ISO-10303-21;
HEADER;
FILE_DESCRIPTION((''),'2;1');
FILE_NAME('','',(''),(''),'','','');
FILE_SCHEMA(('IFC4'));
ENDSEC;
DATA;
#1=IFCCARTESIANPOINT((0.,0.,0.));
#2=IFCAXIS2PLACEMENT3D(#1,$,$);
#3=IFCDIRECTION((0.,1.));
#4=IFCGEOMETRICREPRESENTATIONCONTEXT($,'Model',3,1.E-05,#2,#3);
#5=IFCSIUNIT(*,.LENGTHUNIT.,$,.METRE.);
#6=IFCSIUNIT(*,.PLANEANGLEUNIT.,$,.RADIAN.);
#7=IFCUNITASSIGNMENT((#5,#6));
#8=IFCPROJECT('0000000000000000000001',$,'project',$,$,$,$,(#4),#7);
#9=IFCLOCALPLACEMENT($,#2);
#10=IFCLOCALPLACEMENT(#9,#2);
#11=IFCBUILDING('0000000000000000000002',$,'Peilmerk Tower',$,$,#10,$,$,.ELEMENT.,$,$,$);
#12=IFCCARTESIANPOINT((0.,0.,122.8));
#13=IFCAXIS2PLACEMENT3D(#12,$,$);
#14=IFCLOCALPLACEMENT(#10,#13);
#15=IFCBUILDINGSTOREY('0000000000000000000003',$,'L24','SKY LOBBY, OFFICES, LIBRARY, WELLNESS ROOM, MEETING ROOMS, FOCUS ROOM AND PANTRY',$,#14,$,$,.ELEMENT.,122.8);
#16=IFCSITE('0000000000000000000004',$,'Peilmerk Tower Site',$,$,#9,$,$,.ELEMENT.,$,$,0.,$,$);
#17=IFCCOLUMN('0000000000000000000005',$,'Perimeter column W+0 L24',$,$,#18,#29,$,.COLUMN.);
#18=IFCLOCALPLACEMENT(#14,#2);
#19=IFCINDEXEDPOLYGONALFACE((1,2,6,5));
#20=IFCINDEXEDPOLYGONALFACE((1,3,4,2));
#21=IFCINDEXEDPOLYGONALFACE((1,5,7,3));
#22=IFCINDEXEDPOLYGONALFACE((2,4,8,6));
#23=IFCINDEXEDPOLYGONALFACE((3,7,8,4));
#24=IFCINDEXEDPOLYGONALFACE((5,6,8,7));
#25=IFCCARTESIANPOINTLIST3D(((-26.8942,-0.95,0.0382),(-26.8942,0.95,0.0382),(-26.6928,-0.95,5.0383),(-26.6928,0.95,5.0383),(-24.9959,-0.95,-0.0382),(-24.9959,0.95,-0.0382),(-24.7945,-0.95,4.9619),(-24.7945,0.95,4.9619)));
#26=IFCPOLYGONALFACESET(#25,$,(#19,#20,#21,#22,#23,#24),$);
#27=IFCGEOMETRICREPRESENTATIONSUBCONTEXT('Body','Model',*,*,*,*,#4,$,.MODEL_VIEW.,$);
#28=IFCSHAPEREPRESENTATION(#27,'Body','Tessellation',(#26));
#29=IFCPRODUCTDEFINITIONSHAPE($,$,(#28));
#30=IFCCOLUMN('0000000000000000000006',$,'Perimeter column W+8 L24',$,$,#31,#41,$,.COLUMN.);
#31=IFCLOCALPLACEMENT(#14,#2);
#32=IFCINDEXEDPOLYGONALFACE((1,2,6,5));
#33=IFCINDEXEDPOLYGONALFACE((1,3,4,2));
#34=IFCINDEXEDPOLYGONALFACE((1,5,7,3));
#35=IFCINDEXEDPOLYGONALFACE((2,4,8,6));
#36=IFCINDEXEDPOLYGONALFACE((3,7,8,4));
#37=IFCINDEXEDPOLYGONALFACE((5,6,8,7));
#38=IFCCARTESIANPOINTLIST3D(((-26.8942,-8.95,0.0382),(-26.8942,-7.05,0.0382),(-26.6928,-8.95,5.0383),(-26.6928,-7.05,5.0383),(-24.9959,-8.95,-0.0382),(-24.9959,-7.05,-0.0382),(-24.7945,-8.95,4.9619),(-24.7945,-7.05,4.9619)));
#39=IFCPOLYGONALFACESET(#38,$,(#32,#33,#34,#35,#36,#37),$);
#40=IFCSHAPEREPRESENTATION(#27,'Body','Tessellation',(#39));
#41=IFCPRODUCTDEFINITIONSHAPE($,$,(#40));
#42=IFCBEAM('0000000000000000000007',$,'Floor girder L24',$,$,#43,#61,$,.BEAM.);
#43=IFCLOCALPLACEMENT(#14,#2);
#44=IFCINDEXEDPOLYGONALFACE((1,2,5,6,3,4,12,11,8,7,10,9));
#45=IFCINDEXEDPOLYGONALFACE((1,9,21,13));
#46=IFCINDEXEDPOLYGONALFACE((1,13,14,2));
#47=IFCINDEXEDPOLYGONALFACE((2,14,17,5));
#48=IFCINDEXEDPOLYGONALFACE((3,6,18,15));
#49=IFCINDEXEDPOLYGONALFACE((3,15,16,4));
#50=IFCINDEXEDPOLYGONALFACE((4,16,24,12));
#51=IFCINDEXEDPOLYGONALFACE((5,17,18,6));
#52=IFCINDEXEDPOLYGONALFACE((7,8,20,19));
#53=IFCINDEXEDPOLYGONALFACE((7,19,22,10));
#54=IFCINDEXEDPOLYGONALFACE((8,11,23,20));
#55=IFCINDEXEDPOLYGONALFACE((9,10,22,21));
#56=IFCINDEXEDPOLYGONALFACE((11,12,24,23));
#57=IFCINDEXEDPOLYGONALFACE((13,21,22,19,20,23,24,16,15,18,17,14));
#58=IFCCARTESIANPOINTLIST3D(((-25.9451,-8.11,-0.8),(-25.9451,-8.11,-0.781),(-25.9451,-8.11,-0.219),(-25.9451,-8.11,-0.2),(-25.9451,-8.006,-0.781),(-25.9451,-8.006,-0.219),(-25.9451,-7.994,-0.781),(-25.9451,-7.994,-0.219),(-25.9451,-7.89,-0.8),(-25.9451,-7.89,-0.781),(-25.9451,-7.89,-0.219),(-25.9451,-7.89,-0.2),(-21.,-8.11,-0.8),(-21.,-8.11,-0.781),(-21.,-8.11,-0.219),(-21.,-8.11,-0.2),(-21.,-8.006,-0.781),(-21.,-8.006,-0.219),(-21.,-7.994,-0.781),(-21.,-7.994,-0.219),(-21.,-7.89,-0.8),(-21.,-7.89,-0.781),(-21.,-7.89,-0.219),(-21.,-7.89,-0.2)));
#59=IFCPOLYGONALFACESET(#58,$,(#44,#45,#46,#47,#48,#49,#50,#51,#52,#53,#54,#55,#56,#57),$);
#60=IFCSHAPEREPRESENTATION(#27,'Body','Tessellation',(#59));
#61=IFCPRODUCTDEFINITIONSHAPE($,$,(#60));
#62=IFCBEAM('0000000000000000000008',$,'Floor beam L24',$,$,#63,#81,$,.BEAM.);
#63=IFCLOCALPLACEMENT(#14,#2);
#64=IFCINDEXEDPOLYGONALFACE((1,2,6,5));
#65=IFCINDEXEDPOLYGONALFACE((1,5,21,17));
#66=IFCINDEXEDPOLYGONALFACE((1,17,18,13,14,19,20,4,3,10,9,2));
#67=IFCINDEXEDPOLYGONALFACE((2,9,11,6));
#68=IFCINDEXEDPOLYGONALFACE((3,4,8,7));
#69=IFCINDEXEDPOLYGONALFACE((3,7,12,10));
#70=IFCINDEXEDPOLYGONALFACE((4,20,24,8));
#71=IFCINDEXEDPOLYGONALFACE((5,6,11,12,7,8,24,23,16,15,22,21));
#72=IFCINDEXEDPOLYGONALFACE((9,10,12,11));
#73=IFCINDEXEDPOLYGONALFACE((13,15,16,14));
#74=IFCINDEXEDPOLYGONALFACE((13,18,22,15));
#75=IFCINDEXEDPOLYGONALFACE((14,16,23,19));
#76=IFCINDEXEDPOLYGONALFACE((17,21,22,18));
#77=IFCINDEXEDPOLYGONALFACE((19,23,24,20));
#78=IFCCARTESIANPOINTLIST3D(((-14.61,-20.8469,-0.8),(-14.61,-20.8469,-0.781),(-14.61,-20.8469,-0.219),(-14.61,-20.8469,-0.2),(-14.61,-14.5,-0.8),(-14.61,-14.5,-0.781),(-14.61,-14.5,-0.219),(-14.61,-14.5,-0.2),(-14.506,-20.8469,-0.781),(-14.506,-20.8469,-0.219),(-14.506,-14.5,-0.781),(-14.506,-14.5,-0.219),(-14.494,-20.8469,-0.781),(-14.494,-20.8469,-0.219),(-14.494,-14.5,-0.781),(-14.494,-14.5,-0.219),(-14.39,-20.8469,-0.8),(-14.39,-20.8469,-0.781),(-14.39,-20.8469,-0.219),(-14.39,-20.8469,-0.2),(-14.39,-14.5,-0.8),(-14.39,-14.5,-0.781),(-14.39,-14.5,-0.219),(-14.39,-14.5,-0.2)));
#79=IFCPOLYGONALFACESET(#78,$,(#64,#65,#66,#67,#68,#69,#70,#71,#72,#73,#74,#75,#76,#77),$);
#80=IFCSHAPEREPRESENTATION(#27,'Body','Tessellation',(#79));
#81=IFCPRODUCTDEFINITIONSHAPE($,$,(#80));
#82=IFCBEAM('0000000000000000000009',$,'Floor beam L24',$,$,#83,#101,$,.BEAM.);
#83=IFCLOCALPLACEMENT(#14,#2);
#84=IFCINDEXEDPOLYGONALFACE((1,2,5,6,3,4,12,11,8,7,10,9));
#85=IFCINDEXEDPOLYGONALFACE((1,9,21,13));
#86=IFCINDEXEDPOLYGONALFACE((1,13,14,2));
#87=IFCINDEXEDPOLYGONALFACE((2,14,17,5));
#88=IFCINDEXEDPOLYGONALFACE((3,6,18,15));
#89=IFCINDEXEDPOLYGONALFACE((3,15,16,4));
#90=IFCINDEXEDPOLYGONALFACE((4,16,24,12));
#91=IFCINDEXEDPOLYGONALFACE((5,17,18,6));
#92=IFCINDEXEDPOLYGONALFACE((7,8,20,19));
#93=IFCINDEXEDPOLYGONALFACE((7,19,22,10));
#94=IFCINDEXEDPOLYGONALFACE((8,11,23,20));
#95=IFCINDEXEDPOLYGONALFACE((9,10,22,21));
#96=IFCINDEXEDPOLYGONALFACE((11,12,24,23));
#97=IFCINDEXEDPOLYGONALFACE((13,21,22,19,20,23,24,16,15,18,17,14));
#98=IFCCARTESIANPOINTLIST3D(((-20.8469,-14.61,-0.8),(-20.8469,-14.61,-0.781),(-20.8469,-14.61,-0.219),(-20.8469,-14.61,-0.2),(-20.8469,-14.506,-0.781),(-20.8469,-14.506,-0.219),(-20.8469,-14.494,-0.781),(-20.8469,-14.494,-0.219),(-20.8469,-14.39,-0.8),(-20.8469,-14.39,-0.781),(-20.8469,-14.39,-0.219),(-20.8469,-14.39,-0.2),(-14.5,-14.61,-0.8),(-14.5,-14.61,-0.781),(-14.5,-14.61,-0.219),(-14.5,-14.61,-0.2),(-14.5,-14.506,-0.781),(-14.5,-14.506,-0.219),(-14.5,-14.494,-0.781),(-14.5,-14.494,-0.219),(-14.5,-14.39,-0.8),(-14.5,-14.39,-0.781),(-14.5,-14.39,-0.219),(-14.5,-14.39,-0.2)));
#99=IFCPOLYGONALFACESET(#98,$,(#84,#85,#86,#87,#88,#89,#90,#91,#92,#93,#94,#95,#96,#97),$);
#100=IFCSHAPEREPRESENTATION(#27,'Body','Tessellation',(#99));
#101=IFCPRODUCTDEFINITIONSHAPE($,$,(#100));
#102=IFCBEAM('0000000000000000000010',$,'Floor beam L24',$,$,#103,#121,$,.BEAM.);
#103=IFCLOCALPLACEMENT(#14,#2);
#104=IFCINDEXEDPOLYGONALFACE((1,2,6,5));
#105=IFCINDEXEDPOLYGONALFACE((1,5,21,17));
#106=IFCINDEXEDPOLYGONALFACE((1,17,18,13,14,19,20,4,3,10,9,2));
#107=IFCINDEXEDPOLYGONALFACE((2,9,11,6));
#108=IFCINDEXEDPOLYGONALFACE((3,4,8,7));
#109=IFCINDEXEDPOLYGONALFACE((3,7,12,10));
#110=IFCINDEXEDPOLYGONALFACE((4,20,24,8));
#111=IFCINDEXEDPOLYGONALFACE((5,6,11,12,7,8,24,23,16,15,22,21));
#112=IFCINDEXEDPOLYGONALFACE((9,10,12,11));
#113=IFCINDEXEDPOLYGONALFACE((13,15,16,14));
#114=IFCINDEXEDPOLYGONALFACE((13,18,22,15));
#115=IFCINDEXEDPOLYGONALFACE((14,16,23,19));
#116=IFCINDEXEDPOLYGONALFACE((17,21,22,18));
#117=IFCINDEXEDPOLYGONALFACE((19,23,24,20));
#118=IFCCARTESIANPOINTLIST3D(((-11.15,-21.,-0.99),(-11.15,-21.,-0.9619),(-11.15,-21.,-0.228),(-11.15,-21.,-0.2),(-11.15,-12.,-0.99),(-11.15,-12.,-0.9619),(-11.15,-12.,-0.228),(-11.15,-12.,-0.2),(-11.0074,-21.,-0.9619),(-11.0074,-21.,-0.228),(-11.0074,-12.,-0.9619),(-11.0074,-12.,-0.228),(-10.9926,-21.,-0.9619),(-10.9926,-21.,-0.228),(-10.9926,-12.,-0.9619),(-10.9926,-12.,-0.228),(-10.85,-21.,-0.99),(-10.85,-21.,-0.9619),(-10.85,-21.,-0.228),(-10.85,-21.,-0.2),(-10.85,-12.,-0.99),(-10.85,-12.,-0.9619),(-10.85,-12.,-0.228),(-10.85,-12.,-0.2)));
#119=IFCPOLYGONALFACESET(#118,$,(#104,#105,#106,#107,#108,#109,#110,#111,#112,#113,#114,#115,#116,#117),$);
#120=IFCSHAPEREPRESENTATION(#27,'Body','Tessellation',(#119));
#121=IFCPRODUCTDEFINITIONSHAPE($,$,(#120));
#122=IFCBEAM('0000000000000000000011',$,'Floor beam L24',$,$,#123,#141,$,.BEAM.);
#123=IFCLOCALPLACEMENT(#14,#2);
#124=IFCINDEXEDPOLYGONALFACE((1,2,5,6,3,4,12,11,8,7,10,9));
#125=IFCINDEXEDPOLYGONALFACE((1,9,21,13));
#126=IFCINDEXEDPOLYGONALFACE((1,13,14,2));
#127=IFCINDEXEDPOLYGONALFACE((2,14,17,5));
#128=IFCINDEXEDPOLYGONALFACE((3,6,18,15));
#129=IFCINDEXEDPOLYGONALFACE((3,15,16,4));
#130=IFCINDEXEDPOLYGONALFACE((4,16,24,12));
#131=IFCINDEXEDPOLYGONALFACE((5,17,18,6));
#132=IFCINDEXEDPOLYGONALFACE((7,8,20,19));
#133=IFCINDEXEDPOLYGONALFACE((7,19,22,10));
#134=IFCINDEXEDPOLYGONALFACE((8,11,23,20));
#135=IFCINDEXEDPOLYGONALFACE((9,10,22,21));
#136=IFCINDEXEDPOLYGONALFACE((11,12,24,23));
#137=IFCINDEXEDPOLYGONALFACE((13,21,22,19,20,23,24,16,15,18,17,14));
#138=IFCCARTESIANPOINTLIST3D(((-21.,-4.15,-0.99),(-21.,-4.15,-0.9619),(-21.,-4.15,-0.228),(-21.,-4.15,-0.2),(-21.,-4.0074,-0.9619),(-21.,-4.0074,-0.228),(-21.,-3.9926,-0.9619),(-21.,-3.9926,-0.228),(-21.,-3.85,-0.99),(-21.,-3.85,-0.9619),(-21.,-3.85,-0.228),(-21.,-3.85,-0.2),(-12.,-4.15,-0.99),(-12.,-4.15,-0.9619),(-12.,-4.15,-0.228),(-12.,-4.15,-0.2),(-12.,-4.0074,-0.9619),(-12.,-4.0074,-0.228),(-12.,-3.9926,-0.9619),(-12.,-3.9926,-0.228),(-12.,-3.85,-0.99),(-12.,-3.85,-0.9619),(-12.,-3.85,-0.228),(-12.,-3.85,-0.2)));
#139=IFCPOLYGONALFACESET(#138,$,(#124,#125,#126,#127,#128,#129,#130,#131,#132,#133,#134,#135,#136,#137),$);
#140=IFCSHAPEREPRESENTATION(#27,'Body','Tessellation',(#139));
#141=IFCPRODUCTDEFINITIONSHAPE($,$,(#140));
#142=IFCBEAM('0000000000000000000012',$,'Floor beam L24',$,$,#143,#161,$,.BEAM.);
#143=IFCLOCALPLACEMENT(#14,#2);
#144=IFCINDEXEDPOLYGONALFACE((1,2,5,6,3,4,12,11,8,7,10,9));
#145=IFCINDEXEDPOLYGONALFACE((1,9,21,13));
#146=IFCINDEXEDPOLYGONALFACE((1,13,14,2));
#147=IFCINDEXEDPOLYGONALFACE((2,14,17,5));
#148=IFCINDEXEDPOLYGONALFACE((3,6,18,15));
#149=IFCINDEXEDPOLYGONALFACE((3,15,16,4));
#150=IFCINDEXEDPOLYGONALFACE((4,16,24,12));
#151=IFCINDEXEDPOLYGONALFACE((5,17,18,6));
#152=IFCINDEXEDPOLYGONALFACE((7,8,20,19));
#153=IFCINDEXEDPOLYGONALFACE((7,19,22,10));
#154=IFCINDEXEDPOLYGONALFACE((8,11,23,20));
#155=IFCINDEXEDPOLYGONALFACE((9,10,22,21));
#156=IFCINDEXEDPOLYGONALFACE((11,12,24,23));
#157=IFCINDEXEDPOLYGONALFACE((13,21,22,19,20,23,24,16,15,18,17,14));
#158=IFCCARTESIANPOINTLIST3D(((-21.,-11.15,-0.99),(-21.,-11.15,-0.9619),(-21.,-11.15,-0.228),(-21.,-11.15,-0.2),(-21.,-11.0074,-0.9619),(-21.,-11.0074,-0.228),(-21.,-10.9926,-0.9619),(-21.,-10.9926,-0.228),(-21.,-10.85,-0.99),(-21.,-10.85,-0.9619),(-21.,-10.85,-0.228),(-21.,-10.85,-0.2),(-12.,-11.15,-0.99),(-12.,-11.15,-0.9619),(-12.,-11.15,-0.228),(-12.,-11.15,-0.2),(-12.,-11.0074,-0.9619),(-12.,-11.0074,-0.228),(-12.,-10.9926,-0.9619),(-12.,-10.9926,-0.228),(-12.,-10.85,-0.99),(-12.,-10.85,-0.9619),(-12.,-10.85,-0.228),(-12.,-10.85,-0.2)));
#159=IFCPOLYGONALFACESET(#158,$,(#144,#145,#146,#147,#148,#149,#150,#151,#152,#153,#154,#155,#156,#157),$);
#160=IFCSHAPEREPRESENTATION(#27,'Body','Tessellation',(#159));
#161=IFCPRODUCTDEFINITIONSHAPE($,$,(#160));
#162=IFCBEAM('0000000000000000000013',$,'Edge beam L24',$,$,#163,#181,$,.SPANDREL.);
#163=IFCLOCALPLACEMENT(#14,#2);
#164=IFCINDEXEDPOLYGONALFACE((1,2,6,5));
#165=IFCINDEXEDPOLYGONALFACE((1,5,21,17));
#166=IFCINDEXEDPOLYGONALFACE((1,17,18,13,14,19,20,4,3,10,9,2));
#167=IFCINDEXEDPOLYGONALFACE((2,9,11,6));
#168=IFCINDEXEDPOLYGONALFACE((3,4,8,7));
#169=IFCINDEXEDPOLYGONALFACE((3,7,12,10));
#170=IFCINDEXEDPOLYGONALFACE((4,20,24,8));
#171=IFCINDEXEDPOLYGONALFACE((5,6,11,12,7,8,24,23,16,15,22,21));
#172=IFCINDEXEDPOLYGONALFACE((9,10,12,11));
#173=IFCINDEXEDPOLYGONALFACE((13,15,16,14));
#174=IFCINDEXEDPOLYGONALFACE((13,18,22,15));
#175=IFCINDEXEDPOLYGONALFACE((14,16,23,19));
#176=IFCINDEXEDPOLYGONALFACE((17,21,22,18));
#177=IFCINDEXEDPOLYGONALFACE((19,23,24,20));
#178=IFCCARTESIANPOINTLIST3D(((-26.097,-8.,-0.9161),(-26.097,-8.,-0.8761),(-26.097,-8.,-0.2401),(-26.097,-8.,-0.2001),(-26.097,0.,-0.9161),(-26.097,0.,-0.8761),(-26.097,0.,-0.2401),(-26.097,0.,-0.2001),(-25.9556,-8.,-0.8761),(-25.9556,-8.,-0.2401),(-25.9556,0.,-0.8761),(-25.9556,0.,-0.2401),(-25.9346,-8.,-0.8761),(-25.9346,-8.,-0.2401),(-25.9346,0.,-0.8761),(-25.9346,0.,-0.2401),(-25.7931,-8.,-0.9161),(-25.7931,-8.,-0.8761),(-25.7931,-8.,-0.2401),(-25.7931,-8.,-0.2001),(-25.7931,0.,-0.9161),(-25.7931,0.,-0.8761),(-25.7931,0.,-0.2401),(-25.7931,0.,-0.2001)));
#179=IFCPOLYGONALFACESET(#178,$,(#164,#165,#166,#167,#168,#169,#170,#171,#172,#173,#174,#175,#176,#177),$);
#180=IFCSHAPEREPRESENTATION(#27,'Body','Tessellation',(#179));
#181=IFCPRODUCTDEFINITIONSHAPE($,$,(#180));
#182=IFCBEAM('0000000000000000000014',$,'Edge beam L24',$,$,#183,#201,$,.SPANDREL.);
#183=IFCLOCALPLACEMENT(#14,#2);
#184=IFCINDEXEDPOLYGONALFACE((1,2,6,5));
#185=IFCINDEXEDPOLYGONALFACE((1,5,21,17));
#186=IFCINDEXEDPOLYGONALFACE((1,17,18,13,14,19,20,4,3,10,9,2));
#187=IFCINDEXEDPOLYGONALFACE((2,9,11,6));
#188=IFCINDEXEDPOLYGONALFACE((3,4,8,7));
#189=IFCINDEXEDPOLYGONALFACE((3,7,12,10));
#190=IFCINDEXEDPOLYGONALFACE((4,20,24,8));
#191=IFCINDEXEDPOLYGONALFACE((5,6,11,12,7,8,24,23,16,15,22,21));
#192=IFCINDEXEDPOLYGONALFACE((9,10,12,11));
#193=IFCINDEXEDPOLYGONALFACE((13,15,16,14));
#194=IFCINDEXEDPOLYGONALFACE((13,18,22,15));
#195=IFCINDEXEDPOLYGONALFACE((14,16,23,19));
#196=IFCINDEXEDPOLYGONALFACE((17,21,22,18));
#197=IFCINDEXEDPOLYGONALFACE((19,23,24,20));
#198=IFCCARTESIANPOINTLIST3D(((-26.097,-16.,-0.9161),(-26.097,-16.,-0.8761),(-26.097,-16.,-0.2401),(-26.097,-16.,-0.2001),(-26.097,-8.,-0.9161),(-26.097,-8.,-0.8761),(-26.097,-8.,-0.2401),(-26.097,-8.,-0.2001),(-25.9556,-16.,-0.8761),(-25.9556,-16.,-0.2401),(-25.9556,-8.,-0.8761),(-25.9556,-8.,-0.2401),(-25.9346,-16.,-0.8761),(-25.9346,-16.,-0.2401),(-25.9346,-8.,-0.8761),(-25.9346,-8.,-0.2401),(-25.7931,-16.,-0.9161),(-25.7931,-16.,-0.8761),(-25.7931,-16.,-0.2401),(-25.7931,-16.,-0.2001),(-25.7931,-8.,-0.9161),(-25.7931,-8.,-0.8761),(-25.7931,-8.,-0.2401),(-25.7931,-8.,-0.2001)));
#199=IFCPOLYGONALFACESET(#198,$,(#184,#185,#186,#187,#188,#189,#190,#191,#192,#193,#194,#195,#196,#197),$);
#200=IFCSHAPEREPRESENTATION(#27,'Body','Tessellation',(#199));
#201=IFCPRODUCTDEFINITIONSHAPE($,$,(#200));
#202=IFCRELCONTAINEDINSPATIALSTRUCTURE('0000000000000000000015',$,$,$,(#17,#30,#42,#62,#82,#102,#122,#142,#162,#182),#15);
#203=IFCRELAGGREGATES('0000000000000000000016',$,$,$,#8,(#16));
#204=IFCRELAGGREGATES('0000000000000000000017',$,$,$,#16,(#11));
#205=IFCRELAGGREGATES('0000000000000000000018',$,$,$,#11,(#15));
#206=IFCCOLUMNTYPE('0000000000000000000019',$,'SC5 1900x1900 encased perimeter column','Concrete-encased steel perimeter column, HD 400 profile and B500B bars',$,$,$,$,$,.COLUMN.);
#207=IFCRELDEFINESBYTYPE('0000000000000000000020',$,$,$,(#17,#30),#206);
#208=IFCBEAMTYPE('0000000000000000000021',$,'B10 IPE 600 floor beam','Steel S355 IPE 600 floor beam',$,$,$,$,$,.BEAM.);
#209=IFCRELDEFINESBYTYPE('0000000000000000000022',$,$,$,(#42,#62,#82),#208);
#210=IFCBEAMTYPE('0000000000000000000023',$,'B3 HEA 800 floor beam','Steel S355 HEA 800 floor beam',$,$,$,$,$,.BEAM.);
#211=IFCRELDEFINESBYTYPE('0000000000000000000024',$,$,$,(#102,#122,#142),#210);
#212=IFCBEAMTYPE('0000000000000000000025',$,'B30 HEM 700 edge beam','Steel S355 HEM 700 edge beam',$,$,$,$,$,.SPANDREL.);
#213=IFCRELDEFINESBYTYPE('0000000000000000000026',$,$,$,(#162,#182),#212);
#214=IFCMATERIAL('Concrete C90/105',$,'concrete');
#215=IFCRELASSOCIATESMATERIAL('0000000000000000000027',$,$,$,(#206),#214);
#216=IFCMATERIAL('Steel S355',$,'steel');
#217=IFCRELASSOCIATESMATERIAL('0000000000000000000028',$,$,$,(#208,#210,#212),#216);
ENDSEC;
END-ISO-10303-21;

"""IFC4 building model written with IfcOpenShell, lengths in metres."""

from ifc_helpers import new_model, si_unit, direction, frame, origin, origin_2d, place, context, subcontext, project, spatial, rectangle, i_section, extrude, material, material_profile, profile_set, type_object, element, save


model = new_model("IFC4")

# Units and contexts
model_context = context("Model", 3, precision=1e-05, world=origin(), true_north=direction((0.0, 1.0)))
body_context = subcontext(model_context, "Body", "Model", "MODEL_VIEW")
ifc_project = project(units=[si_unit("LENGTHUNIT", "METRE"), si_unit("PLANEANGLEUNIT", "RADIAN")], contexts=[model_context])

# Site, building, storey
site_placement = place(None, origin())
site = spatial("IfcSite", under=ifc_project, at=site_placement, Name="Peilmerk Tower Site", CompositionType="ELEMENT", RefElevation=0.0)
building_placement = place(site_placement, origin())
building = spatial("IfcBuilding", under=site, at=building_placement, Name="Peilmerk Tower", CompositionType="ELEMENT")
storey_placement = place(building_placement, frame((0.0, 0.0, 122.8)))
storey = spatial("IfcBuildingStorey", under=building, at=storey_placement, Name="L24", Description="SKY LOBBY, OFFICES, LIBRARY, WELLNESS ROOM, MEETING ROOMS, FOCUS ROOM AND PANTRY", CompositionType="ELEMENT", Elevation=122.8)

# Columns
ifc_material_1 = material(Name="Concrete C90/105", Category="concrete")
ifc_material_profile_1 = material_profile(ifc_material_1, rectangle(XDim=1.8999, YDim=1.8999, at=origin_2d()), Name="RC 1900x1900")
ifc_profile_set_1 = profile_set([ifc_material_profile_1], Name="Concrete C90/105")
column_type = type_object("IfcColumnType", Name="SC5 1900x1900 encased perimeter column", Description="Concrete-encased steel perimeter column, HD 400 profile and B500B bars", PredefinedType="COLUMN", material=ifc_profile_set_1)
for number, where, z_axis, x_axis, name in (
    (1, (-25.9451, 0.0, 0.0), (0.040251, 0.0, 0.99919), (0.0, 1.0, 0.0), "Perimeter column W+0 L24"),
    (2, (-25.9451, -8.0, 0.0), (0.040251, 0.0, 0.99919), (0.0, 1.0, 0.0), "Perimeter column W+8 L24"),
):
    element("IfcColumn", number, at=place(storey_placement, frame(where, z_axis=z_axis, x_axis=x_axis)), inside=storey, type_object=column_type, Name=name, PredefinedType="COLUMN", context=body_context, shape_type="SweptSolid", body=[
        extrude(rectangle(XDim=1.8999, YDim=1.8999, at=origin_2d()), origin(), (0.0, 0.0, 1.0), 5.0042),
    ])

# Beams
ifc_material_2 = material(Name="Steel S355", Category="steel")
ifc_material_profile_2 = material_profile(ifc_material_2, i_section(OverallWidth=0.22, OverallDepth=0.6001, WebThickness=0.012, FlangeThickness=0.019, at=origin_2d()), Name="IPE 600")
ifc_profile_set_2 = profile_set([ifc_material_profile_2], Name="Steel S355")
beam_type_1 = type_object("IfcBeamType", Name="B10 IPE 600 floor beam", Description="Steel S355 IPE 600 floor beam", PredefinedType="BEAM", material=ifc_profile_set_2)
beam_1_placement = place(storey_placement, frame((-21.0, -8.0, -0.5), z_axis=(-1.0, 0.0, 0.0), x_axis=(0.0, -1.0, 0.0)))
element("IfcBeam", 3, at=beam_1_placement, inside=storey, type_object=beam_type_1, Name="Floor girder L24", PredefinedType="BEAM", context=body_context, shape_type="SweptSolid", body=[
    extrude(i_section(OverallWidth=0.22, OverallDepth=0.6001, WebThickness=0.012, FlangeThickness=0.019, at=origin_2d()), origin(), (0.0, 0.0, 1.0), 4.9451),
])
for number, where, z_axis, x_axis, name in (
    (4, (-14.5, -14.5, -0.5), (0.0, -1.0, 0.0), (1.0, 0.0, 0.0), "Floor beam L24"),
    (5, (-14.5, -14.5, -0.5), (-1.0, 0.0, 0.0), (0.0, -1.0, 0.0), "Floor beam L24"),
):
    element("IfcBeam", number, at=place(storey_placement, frame(where, z_axis=z_axis, x_axis=x_axis)), inside=storey, type_object=beam_type_1, Name=name, PredefinedType="BEAM", context=body_context, shape_type="SweptSolid", body=[
        extrude(i_section(OverallWidth=0.22, OverallDepth=0.6001, WebThickness=0.012, FlangeThickness=0.019, at=origin_2d()), origin(), (0.0, 0.0, 1.0), 6.3469),
    ])
ifc_material_profile_3 = material_profile(ifc_material_2, i_section(OverallWidth=0.3, OverallDepth=0.79, WebThickness=0.0149, FlangeThickness=0.0281, at=origin_2d()), Name="HEA 800")
ifc_profile_set_3 = profile_set([ifc_material_profile_3], Name="Steel S355")
beam_type_2 = type_object("IfcBeamType", Name="B3 HEA 800 floor beam", Description="Steel S355 HEA 800 floor beam", PredefinedType="BEAM", material=ifc_profile_set_3)
for number, where, z_axis, x_axis, name in (
    (6, (-11.0, -12.0, -0.595), (0.0, -1.0, 0.0), (1.0, 0.0, 0.0), "Floor beam L24"),
    (7, (-12.0, -4.0, -0.595), (-1.0, 0.0, 0.0), (0.0, -1.0, 0.0), "Floor beam L24"),
    (8, (-12.0, -11.0, -0.595), (-1.0, 0.0, 0.0), (0.0, -1.0, 0.0), "Floor beam L24"),
):
    element("IfcBeam", number, at=place(storey_placement, frame(where, z_axis=z_axis, x_axis=x_axis)), inside=storey, type_object=beam_type_2, Name=name, PredefinedType="BEAM", context=body_context, shape_type="SweptSolid", body=[
        extrude(i_section(OverallWidth=0.3, OverallDepth=0.79, WebThickness=0.0149, FlangeThickness=0.0281, at=origin_2d()), origin(), (0.0, 0.0, 1.0), 9.0),
    ])
ifc_material_profile_4 = material_profile(ifc_material_2, i_section(OverallWidth=0.304, OverallDepth=0.7161, WebThickness=0.021, FlangeThickness=0.04, at=origin_2d()), Name="HEM 700")
ifc_profile_set_4 = profile_set([ifc_material_profile_4], Name="Steel S355")
beam_type_3 = type_object("IfcBeamType", Name="B30 HEM 700 edge beam", Description="Steel S355 HEM 700 edge beam", PredefinedType="SPANDREL", material=ifc_profile_set_4)
for number, where, z_axis, x_axis, name in (
    (9, (-25.9451, 0.0, -0.5581), (0.0, -1.0, 0.0), (1.0, 0.0, 0.0), "Edge beam L24"),
    (10, (-25.9451, -8.0, -0.5581), (0.0, -1.0, 0.0), (1.0, 0.0, 0.0), "Edge beam L24"),
):
    element("IfcBeam", number, at=place(storey_placement, frame(where, z_axis=z_axis, x_axis=x_axis)), inside=storey, type_object=beam_type_3, Name=name, PredefinedType="SPANDREL", context=body_context, shape_type="SweptSolid", body=[
        extrude(i_section(OverallWidth=0.304, OverallDepth=0.7161, WebThickness=0.021, FlangeThickness=0.04, at=origin_2d()), origin(), (0.0, 0.0, 1.0), 8.0),
    ])

save(model, "model.ifc")
